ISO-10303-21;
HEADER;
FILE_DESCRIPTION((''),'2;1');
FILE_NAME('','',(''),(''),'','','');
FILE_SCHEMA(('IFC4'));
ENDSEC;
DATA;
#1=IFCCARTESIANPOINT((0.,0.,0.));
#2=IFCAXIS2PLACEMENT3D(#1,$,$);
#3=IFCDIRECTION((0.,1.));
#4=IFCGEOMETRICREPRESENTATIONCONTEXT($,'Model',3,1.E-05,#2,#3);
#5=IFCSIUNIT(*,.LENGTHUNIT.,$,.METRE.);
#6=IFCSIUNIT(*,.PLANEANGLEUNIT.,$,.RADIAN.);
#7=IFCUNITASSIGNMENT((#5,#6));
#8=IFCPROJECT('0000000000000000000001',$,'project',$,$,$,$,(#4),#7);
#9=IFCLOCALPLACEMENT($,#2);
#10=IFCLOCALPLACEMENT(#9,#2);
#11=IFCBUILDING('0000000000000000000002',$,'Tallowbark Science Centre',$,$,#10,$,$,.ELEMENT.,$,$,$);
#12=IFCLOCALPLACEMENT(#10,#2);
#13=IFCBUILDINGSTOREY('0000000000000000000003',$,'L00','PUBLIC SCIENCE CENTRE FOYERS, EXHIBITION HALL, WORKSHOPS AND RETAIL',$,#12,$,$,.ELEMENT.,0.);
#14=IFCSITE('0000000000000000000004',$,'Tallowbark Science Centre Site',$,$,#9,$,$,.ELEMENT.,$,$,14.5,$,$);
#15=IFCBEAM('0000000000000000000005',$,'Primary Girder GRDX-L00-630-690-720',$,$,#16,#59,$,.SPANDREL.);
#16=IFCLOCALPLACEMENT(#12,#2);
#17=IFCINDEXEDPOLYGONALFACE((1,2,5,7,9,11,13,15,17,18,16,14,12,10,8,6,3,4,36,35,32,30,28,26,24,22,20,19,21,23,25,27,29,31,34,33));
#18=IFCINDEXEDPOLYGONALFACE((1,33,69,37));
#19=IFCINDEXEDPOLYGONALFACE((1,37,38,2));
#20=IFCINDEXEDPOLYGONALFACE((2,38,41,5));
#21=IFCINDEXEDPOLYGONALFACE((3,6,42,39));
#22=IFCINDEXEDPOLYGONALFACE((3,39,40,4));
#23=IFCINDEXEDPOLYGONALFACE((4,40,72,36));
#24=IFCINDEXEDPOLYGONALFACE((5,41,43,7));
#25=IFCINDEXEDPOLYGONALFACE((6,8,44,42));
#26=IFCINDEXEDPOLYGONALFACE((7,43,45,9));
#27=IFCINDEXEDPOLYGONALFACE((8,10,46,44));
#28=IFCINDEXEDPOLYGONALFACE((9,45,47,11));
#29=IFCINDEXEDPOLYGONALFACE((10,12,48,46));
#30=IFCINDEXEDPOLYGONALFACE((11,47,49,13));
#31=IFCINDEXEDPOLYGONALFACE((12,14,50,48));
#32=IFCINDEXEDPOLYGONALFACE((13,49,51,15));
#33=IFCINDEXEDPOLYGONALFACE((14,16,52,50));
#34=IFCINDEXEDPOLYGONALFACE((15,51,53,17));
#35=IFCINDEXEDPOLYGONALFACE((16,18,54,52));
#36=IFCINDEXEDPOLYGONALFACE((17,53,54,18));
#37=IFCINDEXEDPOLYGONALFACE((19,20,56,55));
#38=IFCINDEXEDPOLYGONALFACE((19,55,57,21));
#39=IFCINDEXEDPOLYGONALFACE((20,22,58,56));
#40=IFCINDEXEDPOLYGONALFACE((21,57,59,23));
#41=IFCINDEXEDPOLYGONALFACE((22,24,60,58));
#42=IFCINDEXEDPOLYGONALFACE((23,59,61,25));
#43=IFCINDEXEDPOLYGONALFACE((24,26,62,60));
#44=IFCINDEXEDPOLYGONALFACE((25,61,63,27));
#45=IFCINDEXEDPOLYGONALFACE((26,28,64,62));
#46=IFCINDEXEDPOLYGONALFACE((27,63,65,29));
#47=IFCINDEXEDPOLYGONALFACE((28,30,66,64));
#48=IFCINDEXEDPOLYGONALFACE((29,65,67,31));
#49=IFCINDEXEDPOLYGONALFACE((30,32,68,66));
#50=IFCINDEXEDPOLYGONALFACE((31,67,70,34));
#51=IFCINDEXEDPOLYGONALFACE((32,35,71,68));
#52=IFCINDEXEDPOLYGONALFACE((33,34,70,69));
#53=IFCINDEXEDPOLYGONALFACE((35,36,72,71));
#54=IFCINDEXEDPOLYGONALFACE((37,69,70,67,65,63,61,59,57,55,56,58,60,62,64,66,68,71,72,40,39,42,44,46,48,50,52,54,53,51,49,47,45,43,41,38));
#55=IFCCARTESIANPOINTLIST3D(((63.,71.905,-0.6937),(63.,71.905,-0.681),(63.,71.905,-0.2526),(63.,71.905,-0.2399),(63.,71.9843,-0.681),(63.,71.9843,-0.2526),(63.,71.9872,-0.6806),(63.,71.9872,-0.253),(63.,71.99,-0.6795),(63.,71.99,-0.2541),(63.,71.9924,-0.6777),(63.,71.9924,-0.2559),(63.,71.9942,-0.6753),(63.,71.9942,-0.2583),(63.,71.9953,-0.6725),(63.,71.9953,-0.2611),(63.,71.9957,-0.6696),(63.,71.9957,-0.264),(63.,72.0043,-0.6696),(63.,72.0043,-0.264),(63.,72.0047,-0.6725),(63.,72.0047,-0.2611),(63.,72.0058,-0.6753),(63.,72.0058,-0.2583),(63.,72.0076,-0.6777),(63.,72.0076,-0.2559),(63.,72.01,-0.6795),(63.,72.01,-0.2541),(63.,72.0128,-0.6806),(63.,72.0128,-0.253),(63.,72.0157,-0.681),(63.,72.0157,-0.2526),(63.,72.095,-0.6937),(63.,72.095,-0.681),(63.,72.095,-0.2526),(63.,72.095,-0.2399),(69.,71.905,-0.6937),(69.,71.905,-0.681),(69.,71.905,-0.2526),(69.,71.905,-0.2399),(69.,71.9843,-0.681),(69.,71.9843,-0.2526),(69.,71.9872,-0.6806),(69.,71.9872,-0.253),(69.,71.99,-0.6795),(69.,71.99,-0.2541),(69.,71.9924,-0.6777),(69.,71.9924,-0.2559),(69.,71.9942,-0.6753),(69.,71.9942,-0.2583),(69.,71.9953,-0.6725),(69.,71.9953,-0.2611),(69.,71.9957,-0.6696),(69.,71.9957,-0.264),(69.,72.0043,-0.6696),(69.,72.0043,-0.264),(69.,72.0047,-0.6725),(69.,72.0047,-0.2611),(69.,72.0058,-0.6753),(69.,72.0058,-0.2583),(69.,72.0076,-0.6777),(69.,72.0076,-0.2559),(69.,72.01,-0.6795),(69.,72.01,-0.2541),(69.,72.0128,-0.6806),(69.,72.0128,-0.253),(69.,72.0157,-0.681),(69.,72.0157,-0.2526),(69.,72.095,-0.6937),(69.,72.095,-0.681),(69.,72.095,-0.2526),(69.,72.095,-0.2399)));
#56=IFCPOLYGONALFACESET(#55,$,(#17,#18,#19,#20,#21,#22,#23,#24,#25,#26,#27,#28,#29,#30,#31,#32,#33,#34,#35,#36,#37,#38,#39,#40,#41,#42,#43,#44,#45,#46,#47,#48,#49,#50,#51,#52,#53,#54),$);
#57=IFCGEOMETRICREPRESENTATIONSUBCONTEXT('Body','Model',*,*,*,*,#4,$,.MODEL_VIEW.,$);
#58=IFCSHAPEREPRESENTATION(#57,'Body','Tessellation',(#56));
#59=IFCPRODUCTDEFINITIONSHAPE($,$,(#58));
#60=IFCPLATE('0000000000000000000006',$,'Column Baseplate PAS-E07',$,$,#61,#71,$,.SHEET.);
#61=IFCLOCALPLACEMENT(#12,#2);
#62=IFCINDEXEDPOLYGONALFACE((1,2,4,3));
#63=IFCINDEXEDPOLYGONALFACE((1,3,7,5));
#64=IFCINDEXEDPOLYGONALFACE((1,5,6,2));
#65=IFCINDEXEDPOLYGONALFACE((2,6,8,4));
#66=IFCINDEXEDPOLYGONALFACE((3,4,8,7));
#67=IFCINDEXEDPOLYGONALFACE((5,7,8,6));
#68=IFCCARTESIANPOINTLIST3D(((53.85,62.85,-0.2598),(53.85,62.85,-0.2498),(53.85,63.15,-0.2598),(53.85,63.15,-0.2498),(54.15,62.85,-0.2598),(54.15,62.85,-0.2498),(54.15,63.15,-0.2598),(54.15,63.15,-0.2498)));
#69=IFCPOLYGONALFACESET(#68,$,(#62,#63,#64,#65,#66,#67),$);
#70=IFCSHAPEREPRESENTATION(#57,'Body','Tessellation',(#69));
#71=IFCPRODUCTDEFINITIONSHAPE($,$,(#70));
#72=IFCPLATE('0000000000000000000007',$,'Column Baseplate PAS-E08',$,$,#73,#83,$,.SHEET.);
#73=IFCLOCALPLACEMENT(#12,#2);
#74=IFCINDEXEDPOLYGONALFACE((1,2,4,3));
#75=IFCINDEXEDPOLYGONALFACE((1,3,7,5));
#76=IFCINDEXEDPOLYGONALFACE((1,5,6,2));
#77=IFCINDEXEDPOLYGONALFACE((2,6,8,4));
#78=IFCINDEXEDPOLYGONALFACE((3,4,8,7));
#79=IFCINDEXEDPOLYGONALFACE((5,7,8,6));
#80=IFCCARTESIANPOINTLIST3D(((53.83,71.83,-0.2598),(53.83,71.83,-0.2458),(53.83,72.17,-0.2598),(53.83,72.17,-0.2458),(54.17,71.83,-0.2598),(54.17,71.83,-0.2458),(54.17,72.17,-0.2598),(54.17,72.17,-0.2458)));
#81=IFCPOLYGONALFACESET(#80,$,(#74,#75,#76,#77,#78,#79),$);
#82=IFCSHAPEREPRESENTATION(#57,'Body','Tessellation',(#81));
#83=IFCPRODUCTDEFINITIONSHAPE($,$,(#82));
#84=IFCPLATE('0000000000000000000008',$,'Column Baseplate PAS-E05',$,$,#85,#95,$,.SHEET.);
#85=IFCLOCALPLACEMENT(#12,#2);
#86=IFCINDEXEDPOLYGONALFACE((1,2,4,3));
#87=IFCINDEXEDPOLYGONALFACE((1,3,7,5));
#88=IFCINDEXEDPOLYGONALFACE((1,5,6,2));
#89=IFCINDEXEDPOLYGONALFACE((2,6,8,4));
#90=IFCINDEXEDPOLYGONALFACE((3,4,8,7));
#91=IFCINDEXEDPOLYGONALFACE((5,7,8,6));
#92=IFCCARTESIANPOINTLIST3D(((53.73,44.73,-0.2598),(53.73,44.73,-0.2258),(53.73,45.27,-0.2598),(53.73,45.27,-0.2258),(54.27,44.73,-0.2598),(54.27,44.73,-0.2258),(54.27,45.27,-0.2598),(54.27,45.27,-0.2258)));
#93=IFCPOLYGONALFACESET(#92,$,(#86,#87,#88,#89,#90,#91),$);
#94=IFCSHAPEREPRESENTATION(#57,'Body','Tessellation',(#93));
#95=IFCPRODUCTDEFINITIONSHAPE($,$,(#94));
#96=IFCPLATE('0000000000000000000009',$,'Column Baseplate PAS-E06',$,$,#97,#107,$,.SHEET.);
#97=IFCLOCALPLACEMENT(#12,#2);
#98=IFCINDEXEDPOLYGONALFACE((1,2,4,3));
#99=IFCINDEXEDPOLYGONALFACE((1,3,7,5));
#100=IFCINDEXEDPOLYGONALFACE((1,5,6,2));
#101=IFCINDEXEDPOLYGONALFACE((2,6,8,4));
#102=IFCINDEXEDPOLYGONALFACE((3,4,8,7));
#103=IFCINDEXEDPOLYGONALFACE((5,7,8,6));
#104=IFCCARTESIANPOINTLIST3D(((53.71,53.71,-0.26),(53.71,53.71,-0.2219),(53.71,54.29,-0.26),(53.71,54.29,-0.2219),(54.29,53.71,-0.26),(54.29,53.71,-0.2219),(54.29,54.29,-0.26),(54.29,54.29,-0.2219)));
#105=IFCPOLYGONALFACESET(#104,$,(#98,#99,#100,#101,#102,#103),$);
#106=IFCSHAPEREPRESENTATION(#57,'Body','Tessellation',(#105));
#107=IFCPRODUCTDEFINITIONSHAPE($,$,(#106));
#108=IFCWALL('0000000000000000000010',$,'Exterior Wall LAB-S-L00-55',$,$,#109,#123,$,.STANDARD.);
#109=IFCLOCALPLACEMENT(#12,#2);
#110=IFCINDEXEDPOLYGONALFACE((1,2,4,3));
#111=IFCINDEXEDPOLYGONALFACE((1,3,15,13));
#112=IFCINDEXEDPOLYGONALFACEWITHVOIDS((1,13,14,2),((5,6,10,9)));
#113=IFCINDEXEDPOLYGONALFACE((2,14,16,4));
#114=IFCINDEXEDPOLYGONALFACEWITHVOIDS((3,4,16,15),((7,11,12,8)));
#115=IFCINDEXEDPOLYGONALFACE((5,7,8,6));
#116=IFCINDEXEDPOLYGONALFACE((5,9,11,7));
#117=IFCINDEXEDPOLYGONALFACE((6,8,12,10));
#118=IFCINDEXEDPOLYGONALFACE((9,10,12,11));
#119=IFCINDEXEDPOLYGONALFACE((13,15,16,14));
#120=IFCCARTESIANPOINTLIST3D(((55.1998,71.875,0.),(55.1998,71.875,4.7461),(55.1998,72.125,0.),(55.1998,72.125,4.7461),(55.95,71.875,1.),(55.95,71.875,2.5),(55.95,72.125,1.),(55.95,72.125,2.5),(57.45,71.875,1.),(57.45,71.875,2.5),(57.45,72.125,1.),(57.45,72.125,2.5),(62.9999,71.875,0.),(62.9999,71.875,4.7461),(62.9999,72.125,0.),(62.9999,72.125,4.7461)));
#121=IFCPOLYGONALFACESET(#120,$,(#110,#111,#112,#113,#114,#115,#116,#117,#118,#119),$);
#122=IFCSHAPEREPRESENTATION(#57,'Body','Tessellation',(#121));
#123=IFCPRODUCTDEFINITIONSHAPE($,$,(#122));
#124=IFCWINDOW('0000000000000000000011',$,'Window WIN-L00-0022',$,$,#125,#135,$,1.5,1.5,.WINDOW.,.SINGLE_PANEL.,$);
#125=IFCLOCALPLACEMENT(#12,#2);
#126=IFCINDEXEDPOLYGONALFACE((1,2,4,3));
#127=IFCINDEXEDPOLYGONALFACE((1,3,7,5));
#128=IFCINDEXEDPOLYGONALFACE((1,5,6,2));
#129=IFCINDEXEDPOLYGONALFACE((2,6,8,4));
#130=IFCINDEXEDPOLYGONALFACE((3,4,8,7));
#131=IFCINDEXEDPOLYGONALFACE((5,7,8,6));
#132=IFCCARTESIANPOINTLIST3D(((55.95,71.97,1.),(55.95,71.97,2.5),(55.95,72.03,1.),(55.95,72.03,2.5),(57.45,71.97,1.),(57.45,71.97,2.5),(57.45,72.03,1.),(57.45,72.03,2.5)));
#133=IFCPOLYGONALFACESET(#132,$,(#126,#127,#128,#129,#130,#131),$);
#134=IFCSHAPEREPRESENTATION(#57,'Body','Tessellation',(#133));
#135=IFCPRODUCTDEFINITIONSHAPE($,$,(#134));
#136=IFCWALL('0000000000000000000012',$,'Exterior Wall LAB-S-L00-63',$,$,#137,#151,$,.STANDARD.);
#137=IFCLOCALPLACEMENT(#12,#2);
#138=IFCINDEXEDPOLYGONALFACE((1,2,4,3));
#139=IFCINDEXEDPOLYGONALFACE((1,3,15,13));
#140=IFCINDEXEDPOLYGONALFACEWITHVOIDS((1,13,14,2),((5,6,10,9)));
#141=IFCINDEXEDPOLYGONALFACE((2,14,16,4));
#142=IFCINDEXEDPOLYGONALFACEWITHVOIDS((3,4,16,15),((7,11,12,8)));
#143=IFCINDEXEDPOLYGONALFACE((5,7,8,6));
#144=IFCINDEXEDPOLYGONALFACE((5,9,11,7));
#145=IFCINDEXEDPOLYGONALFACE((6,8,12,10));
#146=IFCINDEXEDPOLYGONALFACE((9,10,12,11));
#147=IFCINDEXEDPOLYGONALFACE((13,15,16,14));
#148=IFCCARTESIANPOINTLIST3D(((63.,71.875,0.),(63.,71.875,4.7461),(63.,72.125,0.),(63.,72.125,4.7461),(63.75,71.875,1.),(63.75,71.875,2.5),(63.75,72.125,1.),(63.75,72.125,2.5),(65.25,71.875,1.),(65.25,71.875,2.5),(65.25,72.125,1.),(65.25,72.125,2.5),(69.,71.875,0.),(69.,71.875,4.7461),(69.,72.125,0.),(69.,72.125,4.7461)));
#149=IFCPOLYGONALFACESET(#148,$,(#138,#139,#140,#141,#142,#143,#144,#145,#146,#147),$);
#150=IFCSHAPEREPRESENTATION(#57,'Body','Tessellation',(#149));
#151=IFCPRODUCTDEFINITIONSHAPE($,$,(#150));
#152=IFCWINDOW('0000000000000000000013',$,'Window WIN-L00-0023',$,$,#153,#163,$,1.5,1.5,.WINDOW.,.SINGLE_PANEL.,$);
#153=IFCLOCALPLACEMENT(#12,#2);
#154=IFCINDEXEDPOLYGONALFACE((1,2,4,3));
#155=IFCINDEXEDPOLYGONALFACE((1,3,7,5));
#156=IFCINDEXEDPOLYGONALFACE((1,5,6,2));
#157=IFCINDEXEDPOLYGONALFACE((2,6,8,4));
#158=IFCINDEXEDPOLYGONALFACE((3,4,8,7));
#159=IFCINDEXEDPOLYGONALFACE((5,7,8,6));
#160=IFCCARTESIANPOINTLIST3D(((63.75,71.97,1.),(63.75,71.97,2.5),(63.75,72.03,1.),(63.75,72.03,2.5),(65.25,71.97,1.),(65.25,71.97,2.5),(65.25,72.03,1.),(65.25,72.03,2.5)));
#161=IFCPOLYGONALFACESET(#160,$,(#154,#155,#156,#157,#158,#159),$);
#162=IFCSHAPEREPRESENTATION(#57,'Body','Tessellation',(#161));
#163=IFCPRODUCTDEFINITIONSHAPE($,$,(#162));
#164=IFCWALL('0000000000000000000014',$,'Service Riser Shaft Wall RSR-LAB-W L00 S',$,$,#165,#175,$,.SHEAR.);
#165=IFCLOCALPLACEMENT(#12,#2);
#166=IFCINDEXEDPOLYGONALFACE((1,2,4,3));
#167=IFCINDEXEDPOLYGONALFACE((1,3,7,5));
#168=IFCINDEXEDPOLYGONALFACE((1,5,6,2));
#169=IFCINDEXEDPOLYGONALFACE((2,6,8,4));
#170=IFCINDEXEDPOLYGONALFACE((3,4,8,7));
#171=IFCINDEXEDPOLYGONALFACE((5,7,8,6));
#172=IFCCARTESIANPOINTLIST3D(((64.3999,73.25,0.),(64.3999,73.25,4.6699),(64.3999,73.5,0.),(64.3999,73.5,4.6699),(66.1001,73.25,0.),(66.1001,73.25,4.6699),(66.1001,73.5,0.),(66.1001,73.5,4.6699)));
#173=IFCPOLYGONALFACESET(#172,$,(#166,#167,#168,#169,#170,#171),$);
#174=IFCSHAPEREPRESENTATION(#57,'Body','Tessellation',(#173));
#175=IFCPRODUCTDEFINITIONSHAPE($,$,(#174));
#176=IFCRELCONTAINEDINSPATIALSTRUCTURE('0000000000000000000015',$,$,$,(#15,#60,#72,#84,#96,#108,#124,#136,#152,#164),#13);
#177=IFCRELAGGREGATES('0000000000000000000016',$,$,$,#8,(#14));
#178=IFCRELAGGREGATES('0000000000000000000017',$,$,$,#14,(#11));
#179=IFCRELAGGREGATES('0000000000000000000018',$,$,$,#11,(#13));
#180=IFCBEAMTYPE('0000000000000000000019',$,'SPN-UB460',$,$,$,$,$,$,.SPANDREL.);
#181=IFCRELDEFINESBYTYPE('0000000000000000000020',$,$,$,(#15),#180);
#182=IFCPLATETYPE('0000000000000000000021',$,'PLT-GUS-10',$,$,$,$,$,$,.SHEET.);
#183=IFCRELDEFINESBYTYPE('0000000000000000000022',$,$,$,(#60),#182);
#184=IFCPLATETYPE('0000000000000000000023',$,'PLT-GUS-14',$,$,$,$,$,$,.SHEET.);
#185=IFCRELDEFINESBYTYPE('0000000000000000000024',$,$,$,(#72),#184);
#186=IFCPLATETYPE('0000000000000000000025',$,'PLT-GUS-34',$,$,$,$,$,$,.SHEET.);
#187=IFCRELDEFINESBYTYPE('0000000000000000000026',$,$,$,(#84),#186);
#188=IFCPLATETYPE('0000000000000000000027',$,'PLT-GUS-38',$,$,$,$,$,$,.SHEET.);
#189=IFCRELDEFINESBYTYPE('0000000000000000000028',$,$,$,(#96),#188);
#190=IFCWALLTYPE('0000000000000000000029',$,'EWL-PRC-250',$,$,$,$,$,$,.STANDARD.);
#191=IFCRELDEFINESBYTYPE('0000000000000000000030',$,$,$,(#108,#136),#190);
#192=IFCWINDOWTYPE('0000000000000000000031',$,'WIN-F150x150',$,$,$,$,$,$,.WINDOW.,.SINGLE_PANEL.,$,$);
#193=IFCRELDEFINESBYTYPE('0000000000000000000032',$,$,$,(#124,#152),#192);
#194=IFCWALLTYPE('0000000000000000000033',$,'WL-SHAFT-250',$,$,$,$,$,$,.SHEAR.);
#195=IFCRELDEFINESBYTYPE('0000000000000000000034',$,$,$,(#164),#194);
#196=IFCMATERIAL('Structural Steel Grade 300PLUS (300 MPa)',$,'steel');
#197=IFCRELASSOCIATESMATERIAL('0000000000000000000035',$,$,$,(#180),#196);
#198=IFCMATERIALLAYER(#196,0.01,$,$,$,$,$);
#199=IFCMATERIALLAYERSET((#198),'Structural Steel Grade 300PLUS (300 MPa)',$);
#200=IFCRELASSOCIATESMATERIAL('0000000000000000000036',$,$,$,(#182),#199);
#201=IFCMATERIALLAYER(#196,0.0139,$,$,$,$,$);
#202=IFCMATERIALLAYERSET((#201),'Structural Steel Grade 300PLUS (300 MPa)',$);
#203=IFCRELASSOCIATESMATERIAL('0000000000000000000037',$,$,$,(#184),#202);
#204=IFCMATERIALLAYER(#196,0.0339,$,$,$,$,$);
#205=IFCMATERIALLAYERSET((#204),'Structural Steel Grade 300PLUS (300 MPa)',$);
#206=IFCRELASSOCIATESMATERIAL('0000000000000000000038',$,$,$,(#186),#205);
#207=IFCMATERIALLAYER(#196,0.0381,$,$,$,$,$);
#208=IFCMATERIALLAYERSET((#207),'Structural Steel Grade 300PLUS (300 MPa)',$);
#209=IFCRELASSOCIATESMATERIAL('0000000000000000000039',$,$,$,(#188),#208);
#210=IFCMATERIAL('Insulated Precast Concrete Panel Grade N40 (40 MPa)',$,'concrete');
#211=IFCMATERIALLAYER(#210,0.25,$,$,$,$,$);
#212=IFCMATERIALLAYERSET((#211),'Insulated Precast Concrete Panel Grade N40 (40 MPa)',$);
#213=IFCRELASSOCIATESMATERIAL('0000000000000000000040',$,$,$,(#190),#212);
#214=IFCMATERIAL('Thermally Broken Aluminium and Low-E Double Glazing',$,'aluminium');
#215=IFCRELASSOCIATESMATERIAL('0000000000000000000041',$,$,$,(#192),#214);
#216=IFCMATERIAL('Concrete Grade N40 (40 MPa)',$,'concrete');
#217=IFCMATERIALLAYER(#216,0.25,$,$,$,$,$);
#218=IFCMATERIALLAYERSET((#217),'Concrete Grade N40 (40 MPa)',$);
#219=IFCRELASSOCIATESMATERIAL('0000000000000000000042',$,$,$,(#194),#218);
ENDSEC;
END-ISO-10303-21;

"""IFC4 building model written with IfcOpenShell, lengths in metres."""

from ifc_helpers import new_model, si_unit, direction, frame, frame_2d, origin, origin_2d, place, context, subcontext, project, spatial, rectangle, i_section, extrude, material, layer, layer_set, material_profile, profile_set, type_object, element, fill, save


model = new_model("IFC4")

# Units and contexts
model_context = context("Model", 3, precision=1e-05, world=origin(), true_north=direction((0.0, 1.0)))
body_context = subcontext(model_context, "Body", "Model", "MODEL_VIEW")
ifc_project = project(units=[si_unit("LENGTHUNIT", "METRE"), si_unit("PLANEANGLEUNIT", "RADIAN")], contexts=[model_context])

# Site, building, storey
site_placement = place(None, origin())
site = spatial("IfcSite", under=ifc_project, at=site_placement, Name="Tallowbark Science Centre Site", CompositionType="ELEMENT", RefElevation=14.5)
building_placement = place(site_placement, origin())
building = spatial("IfcBuilding", under=site, at=building_placement, Name="Tallowbark Science Centre", CompositionType="ELEMENT")
storey_placement = place(building_placement, origin())
storey = spatial("IfcBuildingStorey", under=building, at=storey_placement, Name="L00", Description="PUBLIC SCIENCE CENTRE FOYERS, EXHIBITION HALL, WORKSHOPS AND RETAIL", CompositionType="ELEMENT", Elevation=0.0)

# Shared definitions
ifc_material_1 = material(Name="Concrete Grade N40 (40 MPa)", Category="concrete")

# Shared definitions
ifc_material_2 = material(Name="Structural Steel Grade 300PLUS (300 MPa)", Category="steel")

# Beam
ifc_material_profile_1 = material_profile(ifc_material_2, i_section(OverallWidth=0.1899, OverallDepth=0.4539, WebThickness=0.0085, FlangeThickness=0.0127, FilletRadius=0.0115, at=origin_2d()), Name="460UB67.1")
ifc_profile_set_1 = profile_set([ifc_material_profile_1], Name="Structural Steel Grade 300PLUS (300 MPa)")
beam_type_1 = type_object("IfcBeamType", Name="SPN-UB460", PredefinedType="SPANDREL", material=ifc_profile_set_1)
beam_1_placement = place(storey_placement, frame((63.0, 72.0, -0.4668), z_axis=(1.0, 0.0, 0.0), x_axis=(0.0, 1.0, 0.0)))
element("IfcBeam", 1, at=beam_1_placement, inside=storey, type_object=beam_type_1, Name="Primary Girder GRDX-L00-630-690-720", PredefinedType="SPANDREL", context=body_context, shape_type="SweptSolid", body=[
    extrude(i_section(OverallWidth=0.1899, OverallDepth=0.4539, WebThickness=0.0085, FlangeThickness=0.0127, FilletRadius=0.0115, at=origin_2d()), origin(), (0.0, 0.0, 1.0), 6.0),
])

# Plates
ifc_layer_1 = layer(ifc_material_2, 0.01)
ifc_layer_set_1 = layer_set([ifc_layer_1], Name="Structural Steel Grade 300PLUS (300 MPa)")
plate_type_1 = type_object("IfcPlateType", Name="PLT-GUS-10", PredefinedType="SHEET", material=ifc_layer_set_1)
plate_1_placement = place(storey_placement, frame((54.0, 63.0, -0.2598), z_axis=(0.0, 0.0, 1.0), x_axis=(1.0, 0.0, 0.0)))
element("IfcPlate", 2, at=plate_1_placement, inside=storey, type_object=plate_type_1, Name="Column Baseplate PAS-E07", PredefinedType="SHEET", context=body_context, shape_type="SweptSolid", body=[
    extrude(rectangle(XDim=0.3, YDim=0.3, at=origin_2d()), origin(), (0.0, 0.0, 1.0), 0.01),
])
ifc_layer_2 = layer(ifc_material_2, 0.0139)
ifc_layer_set_2 = layer_set([ifc_layer_2], Name="Structural Steel Grade 300PLUS (300 MPa)")
plate_type_2 = type_object("IfcPlateType", Name="PLT-GUS-14", PredefinedType="SHEET", material=ifc_layer_set_2)
plate_2_placement = place(storey_placement, frame((54.0, 72.0, -0.2598), z_axis=(0.0, 0.0, 1.0), x_axis=(1.0, 0.0, 0.0)))
element("IfcPlate", 3, at=plate_2_placement, inside=storey, type_object=plate_type_2, Name="Column Baseplate PAS-E08", PredefinedType="SHEET", context=body_context, shape_type="SweptSolid", body=[
    extrude(rectangle(XDim=0.3401, YDim=0.3401, at=origin_2d()), origin(), (0.0, 0.0, 1.0), 0.0139),
])
ifc_layer_3 = layer(ifc_material_2, 0.0339)
ifc_layer_set_3 = layer_set([ifc_layer_3], Name="Structural Steel Grade 300PLUS (300 MPa)")
plate_type_3 = type_object("IfcPlateType", Name="PLT-GUS-34", PredefinedType="SHEET", material=ifc_layer_set_3)
plate_3_placement = place(storey_placement, frame((54.0, 45.0, -0.2598), z_axis=(0.0, 0.0, 1.0), x_axis=(1.0, 0.0, 0.0)))
element("IfcPlate", 4, at=plate_3_placement, inside=storey, type_object=plate_type_3, Name="Column Baseplate PAS-E05", PredefinedType="SHEET", context=body_context, shape_type="SweptSolid", body=[
    extrude(rectangle(XDim=0.54, YDim=0.54, at=origin_2d()), origin(), (0.0, 0.0, 1.0), 0.0339),
])
ifc_layer_4 = layer(ifc_material_2, 0.0381)
ifc_layer_set_4 = layer_set([ifc_layer_4], Name="Structural Steel Grade 300PLUS (300 MPa)")
plate_type_4 = type_object("IfcPlateType", Name="PLT-GUS-38", PredefinedType="SHEET", material=ifc_layer_set_4)
plate_4_placement = place(storey_placement, frame((54.0, 54.0, -0.26), z_axis=(0.0, 0.0, 1.0), x_axis=(1.0, 0.0, 0.0)))
element("IfcPlate", 5, at=plate_4_placement, inside=storey, type_object=plate_type_4, Name="Column Baseplate PAS-E06", PredefinedType="SHEET", context=body_context, shape_type="SweptSolid", body=[
    extrude(rectangle(XDim=0.5801, YDim=0.5801, at=origin_2d()), origin(), (0.0, 0.0, 1.0), 0.0381),
])

# Walls, openings, windows
ifc_material_3 = material(Name="Insulated Precast Concrete Panel Grade N40 (40 MPa)", Category="concrete")
ifc_layer_5 = layer(ifc_material_3, 0.25)
ifc_layer_set_5 = layer_set([ifc_layer_5], Name="Insulated Precast Concrete Panel Grade N40 (40 MPa)")
wall_type_1 = type_object("IfcWallType", Name="EWL-PRC-250", PredefinedType="STANDARD", material=ifc_layer_set_5)
wall_1_placement = place(storey_placement, frame((55.2, 72.0, 0.0), z_axis=(0.0, 0.0, 1.0), x_axis=(1.0, 0.0, 0.0)))
wall_1 = element("IfcWall", 6, at=wall_1_placement, inside=storey, type_object=wall_type_1, Name="Exterior Wall LAB-S-L00-55", PredefinedType="STANDARD", context=body_context, shape_type="SweptSolid", body=[
    extrude(rectangle(XDim=7.8, YDim=0.25, at=frame_2d((3.8999, 0.0))), origin(), (0.0, 0.0, 1.0), 4.7461),
])
opening_1_placement = place(wall_1_placement, frame((0.75, 0.0, 1.0)))
opening_1 = element("IfcOpeningElement", 7, at=opening_1_placement, cuts=wall_1, PredefinedType="OPENING", context=body_context, shape_type="SweptSolid", body=[
    extrude(rectangle(XDim=1.5, YDim=1.5, at=frame_2d((0.75, 0.75))), frame((0.0, 0.135, 0.0), z_axis=(0.0, -1.0, 0.0), x_axis=(1.0, 0.0, 0.0)), (0.0, 0.0, 1.0), 0.27),
])
ifc_material_4 = material(Name="Thermally Broken Aluminium and Low-E Double Glazing", Category="aluminium")
window_type = type_object("IfcWindowType", Name="WIN-F150x150", PartitioningType="SINGLE_PANEL", PredefinedType="WINDOW", material=ifc_material_4)
window_1_placement = place(opening_1_placement, origin())
window_1 = element("IfcWindow", 8, at=window_1_placement, inside=storey, type_object=window_type, Name="Window WIN-L00-0022", OverallHeight=1.5, OverallWidth=1.5, PartitioningType="SINGLE_PANEL", PredefinedType="WINDOW", context=body_context, shape_type="SweptSolid", body=[
    extrude(rectangle(XDim=1.5, YDim=1.5, at=frame_2d((0.75, 0.75))), frame((0.0, 0.03, 0.0), z_axis=(0.0, -1.0, 0.0), x_axis=(1.0, 0.0, 0.0)), (0.0, 0.0, 1.0), 0.0601),
])
fill(opening_1, window_1)
wall_2_placement = place(storey_placement, frame((63.0, 72.0, 0.0), z_axis=(0.0, 0.0, 1.0), x_axis=(1.0, 0.0, 0.0)))
wall_2 = element("IfcWall", 9, at=wall_2_placement, inside=storey, type_object=wall_type_1, Name="Exterior Wall LAB-S-L00-63", PredefinedType="STANDARD", context=body_context, shape_type="SweptSolid", body=[
    extrude(rectangle(XDim=6.0, YDim=0.25, at=frame_2d((3.0, 0.0))), origin(), (0.0, 0.0, 1.0), 4.7461),
])
opening_2_placement = place(wall_2_placement, frame((0.75, 0.0, 1.0)))
opening_2 = element("IfcOpeningElement", 10, at=opening_2_placement, cuts=wall_2, PredefinedType="OPENING", context=body_context, shape_type="SweptSolid", body=[
    extrude(rectangle(XDim=1.5, YDim=1.5, at=frame_2d((0.75, 0.75))), frame((0.0, 0.135, 0.0), z_axis=(0.0, -1.0, 0.0), x_axis=(1.0, 0.0, 0.0)), (0.0, 0.0, 1.0), 0.27),
])
window_2_placement = place(opening_2_placement, origin())
window_2 = element("IfcWindow", 11, at=window_2_placement, inside=storey, type_object=window_type, Name="Window WIN-L00-0023", OverallHeight=1.5, OverallWidth=1.5, PartitioningType="SINGLE_PANEL", PredefinedType="WINDOW", context=body_context, shape_type="SweptSolid", body=[
    extrude(rectangle(XDim=1.5, YDim=1.5, at=frame_2d((0.75, 0.75))), frame((0.0, 0.03, 0.0), z_axis=(0.0, -1.0, 0.0), x_axis=(1.0, 0.0, 0.0)), (0.0, 0.0, 1.0), 0.0601),
])
fill(opening_2, window_2)

# Wall
ifc_layer_6 = layer(ifc_material_1, 0.25)
ifc_layer_set_6 = layer_set([ifc_layer_6], Name="Concrete Grade N40 (40 MPa)")
wall_type_2 = type_object("IfcWallType", Name="WL-SHAFT-250", PredefinedType="SHEAR", material=ifc_layer_set_6)
wall_3_placement = place(storey_placement, frame((64.3999, 73.375, 0.0), z_axis=(0.0, 0.0, 1.0), x_axis=(1.0, 0.0, 0.0)))
element("IfcWall", 12, at=wall_3_placement, inside=storey, type_object=wall_type_2, Name="Service Riser Shaft Wall RSR-LAB-W L00 S", PredefinedType="SHEAR", context=body_context, shape_type="SweptSolid", body=[
    extrude(rectangle(XDim=1.7002, YDim=0.25, at=frame_2d((0.8501, 0.0))), origin(), (0.0, 0.0, 1.0), 4.6699),
])

save(model, "model.ifc")
